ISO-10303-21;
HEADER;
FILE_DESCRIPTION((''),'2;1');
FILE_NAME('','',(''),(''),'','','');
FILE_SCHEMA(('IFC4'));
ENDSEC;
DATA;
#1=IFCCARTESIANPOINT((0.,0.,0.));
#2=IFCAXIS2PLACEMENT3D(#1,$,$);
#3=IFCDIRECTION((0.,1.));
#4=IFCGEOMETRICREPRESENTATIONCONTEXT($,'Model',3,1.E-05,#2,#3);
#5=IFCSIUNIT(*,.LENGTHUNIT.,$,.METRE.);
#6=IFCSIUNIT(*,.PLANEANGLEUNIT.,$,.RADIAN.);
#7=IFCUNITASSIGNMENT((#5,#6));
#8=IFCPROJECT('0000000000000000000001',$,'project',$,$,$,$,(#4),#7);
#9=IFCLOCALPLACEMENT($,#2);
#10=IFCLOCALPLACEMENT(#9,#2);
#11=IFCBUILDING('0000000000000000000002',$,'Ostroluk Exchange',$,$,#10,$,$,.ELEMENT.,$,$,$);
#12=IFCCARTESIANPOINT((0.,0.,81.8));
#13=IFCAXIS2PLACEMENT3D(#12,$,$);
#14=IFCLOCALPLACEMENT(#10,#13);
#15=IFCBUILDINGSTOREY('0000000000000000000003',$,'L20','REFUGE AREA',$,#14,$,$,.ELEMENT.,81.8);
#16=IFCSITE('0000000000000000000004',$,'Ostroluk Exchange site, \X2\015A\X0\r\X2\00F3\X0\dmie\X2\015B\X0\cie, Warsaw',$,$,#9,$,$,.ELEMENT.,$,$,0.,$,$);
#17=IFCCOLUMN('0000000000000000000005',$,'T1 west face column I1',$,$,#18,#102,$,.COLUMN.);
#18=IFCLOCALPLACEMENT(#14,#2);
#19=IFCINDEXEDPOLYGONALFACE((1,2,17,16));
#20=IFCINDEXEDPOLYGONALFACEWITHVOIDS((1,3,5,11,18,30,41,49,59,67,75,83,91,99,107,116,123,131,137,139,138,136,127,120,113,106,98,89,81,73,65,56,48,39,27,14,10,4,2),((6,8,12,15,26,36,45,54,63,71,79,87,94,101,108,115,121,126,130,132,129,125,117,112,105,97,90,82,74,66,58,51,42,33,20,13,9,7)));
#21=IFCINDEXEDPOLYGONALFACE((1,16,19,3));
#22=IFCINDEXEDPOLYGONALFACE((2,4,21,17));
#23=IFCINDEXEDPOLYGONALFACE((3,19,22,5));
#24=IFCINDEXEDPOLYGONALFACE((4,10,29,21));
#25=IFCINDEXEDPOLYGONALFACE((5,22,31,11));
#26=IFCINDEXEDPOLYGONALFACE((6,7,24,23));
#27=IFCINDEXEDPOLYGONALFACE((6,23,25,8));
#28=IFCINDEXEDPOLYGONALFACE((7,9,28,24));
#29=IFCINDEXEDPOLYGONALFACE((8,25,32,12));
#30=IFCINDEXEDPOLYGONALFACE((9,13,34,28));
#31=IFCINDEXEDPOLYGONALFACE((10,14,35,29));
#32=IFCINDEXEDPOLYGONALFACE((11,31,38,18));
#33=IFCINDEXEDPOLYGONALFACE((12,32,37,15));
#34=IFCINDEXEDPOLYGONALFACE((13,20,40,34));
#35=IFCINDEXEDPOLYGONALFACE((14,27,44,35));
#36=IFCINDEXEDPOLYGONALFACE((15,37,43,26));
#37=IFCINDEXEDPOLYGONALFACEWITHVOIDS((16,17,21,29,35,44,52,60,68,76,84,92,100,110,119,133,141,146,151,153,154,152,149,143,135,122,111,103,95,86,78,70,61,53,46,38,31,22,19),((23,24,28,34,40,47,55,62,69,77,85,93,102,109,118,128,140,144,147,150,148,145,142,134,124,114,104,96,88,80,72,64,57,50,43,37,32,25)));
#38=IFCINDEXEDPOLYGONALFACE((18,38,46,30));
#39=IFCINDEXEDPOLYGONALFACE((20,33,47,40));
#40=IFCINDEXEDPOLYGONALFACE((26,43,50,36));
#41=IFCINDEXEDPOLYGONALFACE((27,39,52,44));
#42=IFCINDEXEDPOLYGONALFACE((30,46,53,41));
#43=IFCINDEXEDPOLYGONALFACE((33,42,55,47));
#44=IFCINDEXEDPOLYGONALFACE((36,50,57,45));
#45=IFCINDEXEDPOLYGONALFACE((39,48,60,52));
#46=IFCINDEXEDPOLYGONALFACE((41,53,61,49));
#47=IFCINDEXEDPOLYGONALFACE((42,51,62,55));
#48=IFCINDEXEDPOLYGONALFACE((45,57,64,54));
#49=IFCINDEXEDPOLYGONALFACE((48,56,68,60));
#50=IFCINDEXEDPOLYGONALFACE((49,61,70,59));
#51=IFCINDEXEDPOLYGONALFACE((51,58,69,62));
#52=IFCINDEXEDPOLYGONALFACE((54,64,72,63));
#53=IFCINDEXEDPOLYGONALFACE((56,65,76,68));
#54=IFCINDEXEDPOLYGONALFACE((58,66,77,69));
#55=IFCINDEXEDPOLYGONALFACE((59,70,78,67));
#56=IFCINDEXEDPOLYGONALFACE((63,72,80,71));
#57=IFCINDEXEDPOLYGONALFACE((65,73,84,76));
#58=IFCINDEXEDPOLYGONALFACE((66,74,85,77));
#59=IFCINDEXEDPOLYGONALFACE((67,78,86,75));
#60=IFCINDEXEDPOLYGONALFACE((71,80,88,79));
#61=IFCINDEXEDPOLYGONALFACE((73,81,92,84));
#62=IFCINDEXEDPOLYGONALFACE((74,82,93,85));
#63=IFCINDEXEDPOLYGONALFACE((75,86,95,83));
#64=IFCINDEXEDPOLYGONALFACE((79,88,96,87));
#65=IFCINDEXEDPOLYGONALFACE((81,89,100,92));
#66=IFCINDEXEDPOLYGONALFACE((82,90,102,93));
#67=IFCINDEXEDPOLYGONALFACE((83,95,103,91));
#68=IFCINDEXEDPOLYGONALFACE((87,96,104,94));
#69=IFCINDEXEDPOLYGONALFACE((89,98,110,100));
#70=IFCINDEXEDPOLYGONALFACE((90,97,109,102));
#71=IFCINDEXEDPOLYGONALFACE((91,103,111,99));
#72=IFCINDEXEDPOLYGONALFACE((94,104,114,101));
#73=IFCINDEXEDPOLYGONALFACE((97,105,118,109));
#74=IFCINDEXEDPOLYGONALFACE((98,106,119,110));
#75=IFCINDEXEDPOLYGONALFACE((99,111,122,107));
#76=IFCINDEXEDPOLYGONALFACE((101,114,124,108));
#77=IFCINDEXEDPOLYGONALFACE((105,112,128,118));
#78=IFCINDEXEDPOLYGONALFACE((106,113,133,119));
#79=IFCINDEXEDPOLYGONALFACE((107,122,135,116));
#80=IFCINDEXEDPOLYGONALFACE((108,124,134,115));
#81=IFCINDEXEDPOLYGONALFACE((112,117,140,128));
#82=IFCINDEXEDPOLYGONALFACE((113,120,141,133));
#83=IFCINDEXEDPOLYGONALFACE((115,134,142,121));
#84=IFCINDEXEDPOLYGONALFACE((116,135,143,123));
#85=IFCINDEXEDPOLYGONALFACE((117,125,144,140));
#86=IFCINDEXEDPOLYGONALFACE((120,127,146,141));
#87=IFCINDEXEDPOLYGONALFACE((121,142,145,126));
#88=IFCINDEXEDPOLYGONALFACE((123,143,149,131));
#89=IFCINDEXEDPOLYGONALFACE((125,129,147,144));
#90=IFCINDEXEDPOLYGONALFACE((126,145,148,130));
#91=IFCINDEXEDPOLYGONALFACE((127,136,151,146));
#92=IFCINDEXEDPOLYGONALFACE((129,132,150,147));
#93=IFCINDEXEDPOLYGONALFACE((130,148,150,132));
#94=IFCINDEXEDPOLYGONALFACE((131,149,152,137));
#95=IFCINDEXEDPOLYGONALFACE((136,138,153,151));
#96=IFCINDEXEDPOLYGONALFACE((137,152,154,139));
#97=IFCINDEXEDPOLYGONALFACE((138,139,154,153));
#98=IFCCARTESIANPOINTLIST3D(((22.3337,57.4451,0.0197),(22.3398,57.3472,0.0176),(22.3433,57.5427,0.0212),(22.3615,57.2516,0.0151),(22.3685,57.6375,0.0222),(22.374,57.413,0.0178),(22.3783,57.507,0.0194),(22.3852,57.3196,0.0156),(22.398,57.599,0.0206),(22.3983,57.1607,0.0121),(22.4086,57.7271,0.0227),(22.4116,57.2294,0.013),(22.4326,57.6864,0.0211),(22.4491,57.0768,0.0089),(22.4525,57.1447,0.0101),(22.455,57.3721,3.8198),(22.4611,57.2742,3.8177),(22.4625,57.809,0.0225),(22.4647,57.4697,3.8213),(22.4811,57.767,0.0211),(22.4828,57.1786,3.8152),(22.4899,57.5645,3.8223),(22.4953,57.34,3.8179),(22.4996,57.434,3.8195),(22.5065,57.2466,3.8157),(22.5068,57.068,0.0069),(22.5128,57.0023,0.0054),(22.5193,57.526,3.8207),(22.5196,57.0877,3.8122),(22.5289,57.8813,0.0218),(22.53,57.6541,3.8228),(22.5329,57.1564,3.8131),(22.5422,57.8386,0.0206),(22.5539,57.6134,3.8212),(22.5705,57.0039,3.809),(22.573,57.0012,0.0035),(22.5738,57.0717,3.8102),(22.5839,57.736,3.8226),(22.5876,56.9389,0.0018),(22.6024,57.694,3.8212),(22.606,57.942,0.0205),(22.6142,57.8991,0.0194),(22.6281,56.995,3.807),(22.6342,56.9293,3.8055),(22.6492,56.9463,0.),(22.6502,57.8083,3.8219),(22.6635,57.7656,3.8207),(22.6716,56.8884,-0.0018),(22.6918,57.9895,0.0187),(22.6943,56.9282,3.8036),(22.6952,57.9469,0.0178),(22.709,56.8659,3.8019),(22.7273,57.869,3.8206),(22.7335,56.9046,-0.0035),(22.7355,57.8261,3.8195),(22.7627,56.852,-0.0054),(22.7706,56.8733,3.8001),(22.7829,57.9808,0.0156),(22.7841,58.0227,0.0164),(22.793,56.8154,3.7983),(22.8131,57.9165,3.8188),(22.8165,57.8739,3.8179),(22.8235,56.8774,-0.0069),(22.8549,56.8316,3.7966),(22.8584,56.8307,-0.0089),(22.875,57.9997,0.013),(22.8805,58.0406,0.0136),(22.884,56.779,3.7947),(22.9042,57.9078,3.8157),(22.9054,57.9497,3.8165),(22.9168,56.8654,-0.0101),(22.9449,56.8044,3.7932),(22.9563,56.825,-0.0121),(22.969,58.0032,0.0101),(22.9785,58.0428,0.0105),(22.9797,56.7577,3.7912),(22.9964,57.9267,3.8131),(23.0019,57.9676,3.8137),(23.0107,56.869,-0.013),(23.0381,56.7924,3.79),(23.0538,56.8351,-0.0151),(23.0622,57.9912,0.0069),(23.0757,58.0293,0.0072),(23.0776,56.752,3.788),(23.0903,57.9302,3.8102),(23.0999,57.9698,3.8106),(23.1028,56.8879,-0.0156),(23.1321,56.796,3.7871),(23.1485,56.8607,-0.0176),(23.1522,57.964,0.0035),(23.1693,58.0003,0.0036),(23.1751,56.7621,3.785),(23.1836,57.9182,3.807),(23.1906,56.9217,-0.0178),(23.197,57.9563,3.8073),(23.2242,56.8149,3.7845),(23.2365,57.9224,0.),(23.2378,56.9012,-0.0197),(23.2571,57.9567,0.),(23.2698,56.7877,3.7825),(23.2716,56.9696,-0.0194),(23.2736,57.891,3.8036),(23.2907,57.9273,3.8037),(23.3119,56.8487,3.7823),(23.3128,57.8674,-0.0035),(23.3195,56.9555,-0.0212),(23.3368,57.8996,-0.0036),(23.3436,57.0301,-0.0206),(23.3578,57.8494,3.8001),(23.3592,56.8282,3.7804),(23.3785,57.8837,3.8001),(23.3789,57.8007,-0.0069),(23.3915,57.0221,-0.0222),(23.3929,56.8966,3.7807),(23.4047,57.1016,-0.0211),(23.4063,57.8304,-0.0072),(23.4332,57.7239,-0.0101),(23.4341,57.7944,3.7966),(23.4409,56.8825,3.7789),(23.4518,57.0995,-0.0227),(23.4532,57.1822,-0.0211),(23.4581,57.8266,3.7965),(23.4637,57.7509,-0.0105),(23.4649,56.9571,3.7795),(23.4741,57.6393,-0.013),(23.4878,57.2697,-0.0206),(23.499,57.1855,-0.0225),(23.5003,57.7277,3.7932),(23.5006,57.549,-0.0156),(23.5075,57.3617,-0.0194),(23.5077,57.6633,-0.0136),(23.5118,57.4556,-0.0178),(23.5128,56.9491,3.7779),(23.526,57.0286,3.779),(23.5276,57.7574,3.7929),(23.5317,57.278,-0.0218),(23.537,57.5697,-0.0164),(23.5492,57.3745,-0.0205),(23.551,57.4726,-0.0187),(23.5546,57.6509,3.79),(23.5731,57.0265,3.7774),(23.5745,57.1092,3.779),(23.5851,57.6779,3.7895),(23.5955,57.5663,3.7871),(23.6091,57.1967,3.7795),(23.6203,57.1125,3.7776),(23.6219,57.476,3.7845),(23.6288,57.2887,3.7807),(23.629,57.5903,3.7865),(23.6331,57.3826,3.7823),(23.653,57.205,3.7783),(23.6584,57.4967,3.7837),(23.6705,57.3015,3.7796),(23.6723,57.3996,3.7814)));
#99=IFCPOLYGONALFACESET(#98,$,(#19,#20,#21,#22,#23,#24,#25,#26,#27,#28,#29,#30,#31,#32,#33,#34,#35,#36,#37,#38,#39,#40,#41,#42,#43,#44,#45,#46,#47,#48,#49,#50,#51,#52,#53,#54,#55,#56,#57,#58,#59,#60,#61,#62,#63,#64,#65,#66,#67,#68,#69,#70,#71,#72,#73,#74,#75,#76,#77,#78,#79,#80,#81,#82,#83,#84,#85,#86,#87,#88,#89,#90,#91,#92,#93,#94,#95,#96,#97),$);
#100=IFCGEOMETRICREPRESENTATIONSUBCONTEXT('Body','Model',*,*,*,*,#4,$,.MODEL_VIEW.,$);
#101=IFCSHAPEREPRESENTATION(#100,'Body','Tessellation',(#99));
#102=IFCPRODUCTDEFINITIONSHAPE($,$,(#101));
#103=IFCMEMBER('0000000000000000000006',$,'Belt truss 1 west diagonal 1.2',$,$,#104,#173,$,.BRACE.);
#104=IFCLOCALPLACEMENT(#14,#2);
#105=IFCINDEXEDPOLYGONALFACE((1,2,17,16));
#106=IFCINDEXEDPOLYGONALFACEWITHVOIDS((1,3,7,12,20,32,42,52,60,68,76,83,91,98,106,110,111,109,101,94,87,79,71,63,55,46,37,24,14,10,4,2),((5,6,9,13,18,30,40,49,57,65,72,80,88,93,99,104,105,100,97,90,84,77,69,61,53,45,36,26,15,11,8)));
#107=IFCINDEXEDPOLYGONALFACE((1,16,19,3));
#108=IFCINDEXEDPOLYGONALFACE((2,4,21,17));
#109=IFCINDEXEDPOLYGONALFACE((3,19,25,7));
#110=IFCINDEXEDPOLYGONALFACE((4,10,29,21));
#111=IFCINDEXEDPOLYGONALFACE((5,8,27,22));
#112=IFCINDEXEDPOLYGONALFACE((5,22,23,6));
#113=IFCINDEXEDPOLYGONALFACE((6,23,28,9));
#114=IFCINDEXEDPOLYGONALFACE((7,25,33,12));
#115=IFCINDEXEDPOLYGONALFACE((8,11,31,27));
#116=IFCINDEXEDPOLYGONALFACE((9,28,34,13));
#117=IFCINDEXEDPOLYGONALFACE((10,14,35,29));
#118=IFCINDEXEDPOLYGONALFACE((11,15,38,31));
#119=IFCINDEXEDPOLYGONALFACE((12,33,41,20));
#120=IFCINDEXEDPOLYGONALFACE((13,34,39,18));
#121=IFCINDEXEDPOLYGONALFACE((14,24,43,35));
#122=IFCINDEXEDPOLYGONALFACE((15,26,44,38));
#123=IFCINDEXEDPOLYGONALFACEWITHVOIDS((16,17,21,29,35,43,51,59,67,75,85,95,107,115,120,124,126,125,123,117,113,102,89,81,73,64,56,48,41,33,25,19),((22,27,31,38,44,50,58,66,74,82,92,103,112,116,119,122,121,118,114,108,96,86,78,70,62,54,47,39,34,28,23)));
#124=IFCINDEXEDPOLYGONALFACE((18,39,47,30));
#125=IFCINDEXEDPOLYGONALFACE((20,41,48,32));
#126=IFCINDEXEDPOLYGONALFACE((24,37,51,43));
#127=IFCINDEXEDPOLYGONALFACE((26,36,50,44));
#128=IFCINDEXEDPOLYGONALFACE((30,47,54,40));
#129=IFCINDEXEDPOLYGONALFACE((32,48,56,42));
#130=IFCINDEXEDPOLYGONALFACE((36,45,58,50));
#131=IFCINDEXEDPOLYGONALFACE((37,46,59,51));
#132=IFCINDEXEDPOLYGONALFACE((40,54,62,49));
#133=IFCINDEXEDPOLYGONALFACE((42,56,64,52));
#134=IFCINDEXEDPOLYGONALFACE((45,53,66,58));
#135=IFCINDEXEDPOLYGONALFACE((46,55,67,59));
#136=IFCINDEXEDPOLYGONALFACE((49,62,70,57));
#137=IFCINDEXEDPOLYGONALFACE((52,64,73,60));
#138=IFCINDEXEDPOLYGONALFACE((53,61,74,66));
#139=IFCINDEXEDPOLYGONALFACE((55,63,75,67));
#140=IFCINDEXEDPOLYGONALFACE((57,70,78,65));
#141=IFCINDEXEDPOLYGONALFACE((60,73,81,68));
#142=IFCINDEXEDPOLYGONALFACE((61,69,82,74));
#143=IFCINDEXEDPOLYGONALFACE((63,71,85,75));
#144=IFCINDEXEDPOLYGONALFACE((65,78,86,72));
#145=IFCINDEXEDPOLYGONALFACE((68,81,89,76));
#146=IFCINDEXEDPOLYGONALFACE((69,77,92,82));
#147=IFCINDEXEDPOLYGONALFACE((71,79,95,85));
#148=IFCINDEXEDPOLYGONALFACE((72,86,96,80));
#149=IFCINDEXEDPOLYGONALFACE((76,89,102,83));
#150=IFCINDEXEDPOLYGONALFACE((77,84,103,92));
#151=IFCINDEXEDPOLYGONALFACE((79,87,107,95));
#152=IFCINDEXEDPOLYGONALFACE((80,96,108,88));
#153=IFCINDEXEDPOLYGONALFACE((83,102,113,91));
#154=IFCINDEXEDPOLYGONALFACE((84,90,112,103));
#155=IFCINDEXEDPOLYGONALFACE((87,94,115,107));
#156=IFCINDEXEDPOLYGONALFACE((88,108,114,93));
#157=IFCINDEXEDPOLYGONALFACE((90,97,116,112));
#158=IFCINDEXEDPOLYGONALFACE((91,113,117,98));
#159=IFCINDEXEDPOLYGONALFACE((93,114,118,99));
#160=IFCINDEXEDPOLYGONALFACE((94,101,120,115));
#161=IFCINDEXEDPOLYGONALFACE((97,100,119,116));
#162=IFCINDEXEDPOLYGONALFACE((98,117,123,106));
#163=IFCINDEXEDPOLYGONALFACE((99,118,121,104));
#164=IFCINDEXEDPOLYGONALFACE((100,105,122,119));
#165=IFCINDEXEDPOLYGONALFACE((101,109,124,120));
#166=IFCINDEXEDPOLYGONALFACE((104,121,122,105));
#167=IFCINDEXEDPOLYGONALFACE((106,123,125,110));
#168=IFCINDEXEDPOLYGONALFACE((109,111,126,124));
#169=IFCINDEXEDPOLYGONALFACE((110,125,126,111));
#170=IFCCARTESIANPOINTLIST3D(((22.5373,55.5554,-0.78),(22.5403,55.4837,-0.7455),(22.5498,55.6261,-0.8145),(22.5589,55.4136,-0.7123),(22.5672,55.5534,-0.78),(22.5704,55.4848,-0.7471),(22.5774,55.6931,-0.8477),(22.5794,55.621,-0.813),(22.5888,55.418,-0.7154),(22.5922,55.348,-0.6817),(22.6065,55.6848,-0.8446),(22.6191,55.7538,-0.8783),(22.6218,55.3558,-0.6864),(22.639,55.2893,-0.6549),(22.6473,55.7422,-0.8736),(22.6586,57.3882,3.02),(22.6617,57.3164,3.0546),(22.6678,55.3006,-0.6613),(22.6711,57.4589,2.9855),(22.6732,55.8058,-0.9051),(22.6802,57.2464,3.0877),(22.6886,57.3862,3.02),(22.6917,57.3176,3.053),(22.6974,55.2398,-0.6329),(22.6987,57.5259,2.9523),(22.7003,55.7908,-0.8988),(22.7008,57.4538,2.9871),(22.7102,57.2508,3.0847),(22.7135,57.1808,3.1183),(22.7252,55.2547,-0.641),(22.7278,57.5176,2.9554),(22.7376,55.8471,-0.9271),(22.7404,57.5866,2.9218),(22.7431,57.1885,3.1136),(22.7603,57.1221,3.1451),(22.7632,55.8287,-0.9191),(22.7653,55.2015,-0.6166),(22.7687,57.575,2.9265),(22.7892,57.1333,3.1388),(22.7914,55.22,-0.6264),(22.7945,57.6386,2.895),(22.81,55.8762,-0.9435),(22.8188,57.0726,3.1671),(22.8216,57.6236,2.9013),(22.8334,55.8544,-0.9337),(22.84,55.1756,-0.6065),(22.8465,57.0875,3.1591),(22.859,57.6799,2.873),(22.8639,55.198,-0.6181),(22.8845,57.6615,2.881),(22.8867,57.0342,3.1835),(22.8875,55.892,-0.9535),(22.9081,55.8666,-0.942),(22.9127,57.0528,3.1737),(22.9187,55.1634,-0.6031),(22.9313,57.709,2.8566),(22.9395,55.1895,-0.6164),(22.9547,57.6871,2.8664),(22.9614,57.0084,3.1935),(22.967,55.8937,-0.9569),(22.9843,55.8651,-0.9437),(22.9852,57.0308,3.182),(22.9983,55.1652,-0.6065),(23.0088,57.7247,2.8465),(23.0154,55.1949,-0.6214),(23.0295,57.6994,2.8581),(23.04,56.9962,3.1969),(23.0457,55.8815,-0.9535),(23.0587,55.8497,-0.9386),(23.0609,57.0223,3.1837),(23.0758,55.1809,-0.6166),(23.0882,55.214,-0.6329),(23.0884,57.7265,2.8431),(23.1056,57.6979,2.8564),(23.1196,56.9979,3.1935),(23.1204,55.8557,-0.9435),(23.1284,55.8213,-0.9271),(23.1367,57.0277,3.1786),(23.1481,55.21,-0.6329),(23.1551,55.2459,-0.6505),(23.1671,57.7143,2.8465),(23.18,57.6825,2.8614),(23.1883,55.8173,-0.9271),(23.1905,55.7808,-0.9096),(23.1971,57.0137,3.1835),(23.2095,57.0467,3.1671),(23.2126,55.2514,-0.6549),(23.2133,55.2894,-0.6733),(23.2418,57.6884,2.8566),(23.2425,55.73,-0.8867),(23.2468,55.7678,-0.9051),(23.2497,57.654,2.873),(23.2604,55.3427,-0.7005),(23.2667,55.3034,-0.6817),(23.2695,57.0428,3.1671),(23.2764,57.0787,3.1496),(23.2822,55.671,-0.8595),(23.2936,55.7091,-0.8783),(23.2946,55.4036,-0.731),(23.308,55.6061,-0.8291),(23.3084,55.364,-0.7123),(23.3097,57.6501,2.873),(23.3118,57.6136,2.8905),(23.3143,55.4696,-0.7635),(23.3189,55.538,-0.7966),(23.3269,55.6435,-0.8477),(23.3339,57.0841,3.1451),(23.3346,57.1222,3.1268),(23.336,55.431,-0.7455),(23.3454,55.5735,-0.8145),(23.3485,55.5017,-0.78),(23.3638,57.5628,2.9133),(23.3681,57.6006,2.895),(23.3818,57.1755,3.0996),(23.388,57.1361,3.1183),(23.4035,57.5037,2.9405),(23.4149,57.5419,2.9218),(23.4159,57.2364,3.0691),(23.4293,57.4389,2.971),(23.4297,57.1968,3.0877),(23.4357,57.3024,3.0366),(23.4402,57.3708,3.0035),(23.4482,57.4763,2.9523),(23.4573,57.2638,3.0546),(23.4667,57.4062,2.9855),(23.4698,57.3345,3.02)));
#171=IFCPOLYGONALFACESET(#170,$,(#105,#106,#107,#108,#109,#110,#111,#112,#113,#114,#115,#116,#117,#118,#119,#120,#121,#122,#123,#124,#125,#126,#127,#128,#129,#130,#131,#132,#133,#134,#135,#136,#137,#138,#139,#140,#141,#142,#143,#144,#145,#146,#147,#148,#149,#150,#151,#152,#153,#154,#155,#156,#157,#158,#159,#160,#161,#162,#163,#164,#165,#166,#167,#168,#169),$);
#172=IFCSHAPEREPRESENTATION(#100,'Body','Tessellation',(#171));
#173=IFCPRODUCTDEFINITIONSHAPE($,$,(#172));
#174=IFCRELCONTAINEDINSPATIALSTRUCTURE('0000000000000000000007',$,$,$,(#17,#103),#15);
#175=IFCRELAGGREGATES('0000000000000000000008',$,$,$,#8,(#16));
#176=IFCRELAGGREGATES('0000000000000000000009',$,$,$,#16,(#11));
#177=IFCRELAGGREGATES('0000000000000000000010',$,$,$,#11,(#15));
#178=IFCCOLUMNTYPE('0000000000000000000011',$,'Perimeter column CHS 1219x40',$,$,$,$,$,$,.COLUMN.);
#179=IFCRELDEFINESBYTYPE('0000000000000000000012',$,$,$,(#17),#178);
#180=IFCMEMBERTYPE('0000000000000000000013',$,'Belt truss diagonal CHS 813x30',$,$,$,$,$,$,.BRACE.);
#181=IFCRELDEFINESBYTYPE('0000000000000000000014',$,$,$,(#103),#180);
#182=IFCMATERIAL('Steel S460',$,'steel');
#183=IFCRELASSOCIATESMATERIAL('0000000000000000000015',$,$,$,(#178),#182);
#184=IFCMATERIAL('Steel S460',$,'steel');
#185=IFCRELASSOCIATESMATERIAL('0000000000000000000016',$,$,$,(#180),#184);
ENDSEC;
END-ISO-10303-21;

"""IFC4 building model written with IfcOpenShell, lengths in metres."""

from ifc_helpers import new_model, si_unit, direction, frame, origin, origin_2d, place, context, subcontext, project, spatial, hollow_circle, extrude, material, material_profile, profile_set, type_object, element, save


model = new_model("IFC4")

# Units and contexts
model_context = context("Model", 3, precision=1e-05, world=origin(), true_north=direction((0.0, 1.0)))
body_context = subcontext(model_context, "Body", "Model", "MODEL_VIEW")
ifc_project = project(units=[si_unit("LENGTHUNIT", "METRE"), si_unit("PLANEANGLEUNIT", "RADIAN")], contexts=[model_context])

# Site, building, storey
site_placement = place(None, origin())
site = spatial("IfcSite", under=ifc_project, at=site_placement, Name="Ostroluk Exchange site, Śródmieście, Warsaw", CompositionType="ELEMENT", RefElevation=0.0)
building_placement = place(site_placement, origin())
building = spatial("IfcBuilding", under=site, at=building_placement, Name="Ostroluk Exchange", CompositionType="ELEMENT")
storey_placement = place(building_placement, frame((0.0, 0.0, 81.8)))
storey = spatial("IfcBuildingStorey", under=building, at=storey_placement, Name="L20", Description="REFUGE AREA", CompositionType="ELEMENT", Elevation=81.8)

# Column
ifc_material_1 = material(Name="Steel S460", Category="steel")
ifc_material_profile_1 = material_profile(ifc_material_1, hollow_circle(Radius=0.6096, WallThickness=0.04, at=origin_2d()), Name="CHS 1219x40")
ifc_profile_set_1 = profile_set([ifc_material_profile_1], Name="Steel S460")
column_type = type_object("IfcColumnType", Name="Perimeter column CHS 1219x40", PredefinedType="COLUMN", material=ifc_profile_set_1)
column_placement = place(storey_placement, frame((22.9429, 57.4343, 0.0), z_axis=(0.031908, -0.019196, 0.999306), x_axis=(0.51551, 0.856884, 0.0)))
element("IfcColumn", 1, at=column_placement, inside=storey, type_object=column_type, Name="T1 west face column I1", PredefinedType="COLUMN", context=body_context, shape_type="SweptSolid", body=[
    extrude(hollow_circle(Radius=0.6096, WallThickness=0.04, at=origin_2d()), origin(), (0.0, 0.0, 1.0), 3.8027),
])

# Member
ifc_material_2 = material(Name="Steel S460", Category="steel")
ifc_material_profile_2 = material_profile(ifc_material_2, hollow_circle(Radius=0.4065, WallThickness=0.03, at=origin_2d()), Name="CHS 813x30")
ifc_profile_set_2 = profile_set([ifc_material_profile_2], Name="Steel S460")
member_type_1 = type_object("IfcMemberType", Name="Belt truss diagonal CHS 813x30", PredefinedType="BRACE", material=ifc_profile_set_2)
member_1_placement = place(storey_placement, frame((22.9429, 55.5286, -0.78), z_axis=(0.028748, 0.434234, 0.900341), x_axis=(-0.997816, 0.06606, 0.0)))
element("IfcMember", 2, at=member_1_placement, inside=storey, type_object=member_type_1, Name="Belt truss 1 west diagonal 1.2", PredefinedType="BRACE", context=body_context, shape_type="SweptSolid", body=[
    extrude(hollow_circle(Radius=0.4065, WallThickness=0.03, at=origin_2d()), origin(), (0.0, 0.0, 1.0), 4.2207),
])

save(model, "model.ifc")
